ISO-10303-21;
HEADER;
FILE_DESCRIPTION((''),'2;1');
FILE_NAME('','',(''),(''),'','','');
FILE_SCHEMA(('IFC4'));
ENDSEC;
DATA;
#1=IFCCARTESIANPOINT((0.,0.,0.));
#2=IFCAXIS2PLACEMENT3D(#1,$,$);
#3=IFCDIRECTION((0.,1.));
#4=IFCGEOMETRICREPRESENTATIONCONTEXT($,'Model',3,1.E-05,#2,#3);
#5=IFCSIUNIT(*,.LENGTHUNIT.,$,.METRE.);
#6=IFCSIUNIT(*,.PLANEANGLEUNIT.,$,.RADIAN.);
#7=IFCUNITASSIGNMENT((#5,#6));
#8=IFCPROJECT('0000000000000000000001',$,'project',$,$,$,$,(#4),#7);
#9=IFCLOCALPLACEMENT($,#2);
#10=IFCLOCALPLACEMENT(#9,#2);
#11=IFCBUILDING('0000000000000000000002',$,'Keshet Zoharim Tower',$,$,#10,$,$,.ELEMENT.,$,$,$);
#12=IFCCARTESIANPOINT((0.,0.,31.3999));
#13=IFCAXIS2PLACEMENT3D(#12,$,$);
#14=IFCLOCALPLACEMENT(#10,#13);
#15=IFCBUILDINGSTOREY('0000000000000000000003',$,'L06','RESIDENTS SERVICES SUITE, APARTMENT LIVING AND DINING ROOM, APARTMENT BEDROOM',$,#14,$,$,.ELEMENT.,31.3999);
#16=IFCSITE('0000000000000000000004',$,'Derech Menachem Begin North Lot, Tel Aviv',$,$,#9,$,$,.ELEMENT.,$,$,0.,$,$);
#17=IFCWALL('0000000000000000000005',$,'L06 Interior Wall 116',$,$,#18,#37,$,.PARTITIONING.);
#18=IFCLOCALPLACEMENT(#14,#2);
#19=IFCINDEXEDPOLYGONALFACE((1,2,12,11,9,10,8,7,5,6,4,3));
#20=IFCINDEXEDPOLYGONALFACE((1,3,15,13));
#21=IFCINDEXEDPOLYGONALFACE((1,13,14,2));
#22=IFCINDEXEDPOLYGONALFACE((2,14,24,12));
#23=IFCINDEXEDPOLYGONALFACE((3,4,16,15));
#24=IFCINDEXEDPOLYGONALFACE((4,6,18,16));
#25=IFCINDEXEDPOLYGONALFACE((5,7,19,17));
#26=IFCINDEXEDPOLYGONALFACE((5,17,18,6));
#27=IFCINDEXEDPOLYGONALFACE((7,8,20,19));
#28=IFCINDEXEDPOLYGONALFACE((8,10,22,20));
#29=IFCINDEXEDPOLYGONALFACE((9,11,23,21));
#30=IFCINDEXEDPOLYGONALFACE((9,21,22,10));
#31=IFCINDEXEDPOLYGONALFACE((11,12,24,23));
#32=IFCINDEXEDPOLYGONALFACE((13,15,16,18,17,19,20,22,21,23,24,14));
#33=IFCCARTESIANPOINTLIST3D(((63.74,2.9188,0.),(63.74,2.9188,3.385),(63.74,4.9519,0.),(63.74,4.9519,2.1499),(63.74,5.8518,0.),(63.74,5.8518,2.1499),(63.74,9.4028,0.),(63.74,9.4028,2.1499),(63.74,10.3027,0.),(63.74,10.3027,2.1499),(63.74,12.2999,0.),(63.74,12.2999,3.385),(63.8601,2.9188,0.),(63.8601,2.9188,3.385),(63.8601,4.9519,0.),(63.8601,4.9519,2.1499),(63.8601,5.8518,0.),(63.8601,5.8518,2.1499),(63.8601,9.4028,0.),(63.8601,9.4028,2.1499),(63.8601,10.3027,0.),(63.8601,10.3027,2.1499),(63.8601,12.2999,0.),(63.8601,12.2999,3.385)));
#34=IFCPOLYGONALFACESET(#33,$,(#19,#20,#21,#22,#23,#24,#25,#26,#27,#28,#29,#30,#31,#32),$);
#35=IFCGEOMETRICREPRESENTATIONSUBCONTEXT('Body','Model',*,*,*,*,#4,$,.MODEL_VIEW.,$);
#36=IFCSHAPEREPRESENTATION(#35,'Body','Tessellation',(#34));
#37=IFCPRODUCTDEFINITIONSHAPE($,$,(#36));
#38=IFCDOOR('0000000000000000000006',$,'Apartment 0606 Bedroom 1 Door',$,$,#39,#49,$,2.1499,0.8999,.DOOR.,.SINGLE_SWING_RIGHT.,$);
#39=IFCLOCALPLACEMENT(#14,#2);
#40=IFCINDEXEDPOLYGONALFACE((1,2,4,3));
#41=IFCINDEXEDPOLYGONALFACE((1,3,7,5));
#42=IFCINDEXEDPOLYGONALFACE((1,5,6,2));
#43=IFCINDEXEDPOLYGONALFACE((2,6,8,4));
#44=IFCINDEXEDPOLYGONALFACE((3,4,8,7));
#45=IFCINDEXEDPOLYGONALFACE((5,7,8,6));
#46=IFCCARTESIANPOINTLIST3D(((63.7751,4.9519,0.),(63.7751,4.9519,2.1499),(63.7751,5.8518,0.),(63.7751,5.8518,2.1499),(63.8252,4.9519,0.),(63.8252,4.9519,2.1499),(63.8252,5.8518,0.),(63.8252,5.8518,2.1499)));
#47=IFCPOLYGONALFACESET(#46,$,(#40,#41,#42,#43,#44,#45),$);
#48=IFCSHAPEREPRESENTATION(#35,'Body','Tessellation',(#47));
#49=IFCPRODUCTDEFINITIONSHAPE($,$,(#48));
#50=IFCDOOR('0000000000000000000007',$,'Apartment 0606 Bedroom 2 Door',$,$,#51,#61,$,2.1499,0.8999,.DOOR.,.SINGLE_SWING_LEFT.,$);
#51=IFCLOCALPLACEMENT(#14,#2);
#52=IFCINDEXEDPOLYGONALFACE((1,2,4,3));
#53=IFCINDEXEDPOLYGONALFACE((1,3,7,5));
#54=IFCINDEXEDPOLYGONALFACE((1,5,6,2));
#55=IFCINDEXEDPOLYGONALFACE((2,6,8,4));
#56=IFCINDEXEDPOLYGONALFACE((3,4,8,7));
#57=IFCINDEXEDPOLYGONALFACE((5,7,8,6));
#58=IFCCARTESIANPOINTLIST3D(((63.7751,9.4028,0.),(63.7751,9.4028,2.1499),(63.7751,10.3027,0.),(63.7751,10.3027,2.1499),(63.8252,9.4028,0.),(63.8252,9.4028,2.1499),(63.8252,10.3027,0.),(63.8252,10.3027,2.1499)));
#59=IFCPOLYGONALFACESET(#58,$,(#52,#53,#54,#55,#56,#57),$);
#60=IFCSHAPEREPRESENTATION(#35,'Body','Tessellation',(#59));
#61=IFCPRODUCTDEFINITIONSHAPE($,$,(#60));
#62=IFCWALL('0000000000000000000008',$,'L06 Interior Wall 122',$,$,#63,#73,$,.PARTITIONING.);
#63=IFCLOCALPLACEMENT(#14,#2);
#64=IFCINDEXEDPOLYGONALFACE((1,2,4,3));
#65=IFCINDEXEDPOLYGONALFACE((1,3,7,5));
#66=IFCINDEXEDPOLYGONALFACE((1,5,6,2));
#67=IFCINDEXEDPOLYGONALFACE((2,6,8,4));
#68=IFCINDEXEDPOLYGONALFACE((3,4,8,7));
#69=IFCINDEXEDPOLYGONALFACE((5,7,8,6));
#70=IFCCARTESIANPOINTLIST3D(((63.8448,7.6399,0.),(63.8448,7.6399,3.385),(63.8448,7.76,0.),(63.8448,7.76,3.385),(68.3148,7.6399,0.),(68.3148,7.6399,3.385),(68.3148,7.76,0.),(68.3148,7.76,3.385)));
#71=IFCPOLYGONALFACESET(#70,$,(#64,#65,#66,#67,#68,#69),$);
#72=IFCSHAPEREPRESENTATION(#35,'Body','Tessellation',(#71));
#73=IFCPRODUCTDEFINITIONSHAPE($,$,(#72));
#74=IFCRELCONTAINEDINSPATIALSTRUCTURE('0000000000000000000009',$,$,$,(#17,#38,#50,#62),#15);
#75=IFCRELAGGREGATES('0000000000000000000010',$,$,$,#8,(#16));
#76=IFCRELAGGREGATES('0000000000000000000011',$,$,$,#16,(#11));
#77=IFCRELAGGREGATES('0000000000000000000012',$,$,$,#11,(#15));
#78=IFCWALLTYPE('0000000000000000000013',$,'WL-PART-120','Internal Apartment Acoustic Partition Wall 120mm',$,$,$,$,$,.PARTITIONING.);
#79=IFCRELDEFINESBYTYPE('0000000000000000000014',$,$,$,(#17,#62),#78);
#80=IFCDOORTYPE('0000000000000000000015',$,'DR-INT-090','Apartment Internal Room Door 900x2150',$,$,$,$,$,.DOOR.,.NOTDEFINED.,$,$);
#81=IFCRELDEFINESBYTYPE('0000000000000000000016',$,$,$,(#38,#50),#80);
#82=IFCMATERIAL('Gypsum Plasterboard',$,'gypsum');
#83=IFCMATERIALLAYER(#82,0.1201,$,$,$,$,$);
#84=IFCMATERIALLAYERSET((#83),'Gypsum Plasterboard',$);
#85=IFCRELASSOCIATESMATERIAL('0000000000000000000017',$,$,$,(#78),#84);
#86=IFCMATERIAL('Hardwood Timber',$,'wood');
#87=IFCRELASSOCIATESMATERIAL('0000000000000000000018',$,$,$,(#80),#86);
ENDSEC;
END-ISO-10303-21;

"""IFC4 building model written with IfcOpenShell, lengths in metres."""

from ifc_helpers import new_model, si_unit, direction, frame, frame_2d, origin, place, context, subcontext, project, spatial, rectangle, extrude, material, layer, layer_set, type_object, element, fill, save


model = new_model("IFC4")

# Units and contexts
model_context = context("Model", 3, precision=1e-05, world=origin(), true_north=direction((0.0, 1.0)))
body_context = subcontext(model_context, "Body", "Model", "MODEL_VIEW")
ifc_project = project(units=[si_unit("LENGTHUNIT", "METRE"), si_unit("PLANEANGLEUNIT", "RADIAN")], contexts=[model_context])

# Site, building, storey
site_placement = place(None, origin())
site = spatial("IfcSite", under=ifc_project, at=site_placement, Name="Derech Menachem Begin North Lot, Tel Aviv", CompositionType="ELEMENT", RefElevation=0.0)
building_placement = place(site_placement, origin())
building = spatial("IfcBuilding", under=site, at=building_placement, Name="Keshet Zoharim Tower", CompositionType="ELEMENT")
storey_placement = place(building_placement, frame((0.0, 0.0, 31.3999)))
storey = spatial("IfcBuildingStorey", under=building, at=storey_placement, Name="L06", Description="RESIDENTS SERVICES SUITE, APARTMENT LIVING AND DINING ROOM, APARTMENT BEDROOM", CompositionType="ELEMENT", Elevation=31.3999)

# Shared definitions
ifc_material_1 = material(Name="Gypsum Plasterboard", Category="gypsum")
ifc_layer_1 = layer(ifc_material_1, 0.1201)
ifc_layer_set_1 = layer_set([ifc_layer_1], Name="Gypsum Plasterboard")
wall_type = type_object("IfcWallType", Name="WL-PART-120", Description="Internal Apartment Acoustic Partition Wall 120mm", PredefinedType="PARTITIONING", material=ifc_layer_set_1)

# Wall, openings, doors
wall_1_placement = place(storey_placement, frame((63.8, 2.9189, 0.0), z_axis=(0.0, 0.0, 1.0), x_axis=(0.0, 1.0, 0.0)))
wall_1 = element("IfcWall", 1, at=wall_1_placement, inside=storey, type_object=wall_type, Name="L06 Interior Wall 116", PredefinedType="PARTITIONING", context=body_context, shape_type="SweptSolid", body=[
    extrude(rectangle(XDim=9.3811, YDim=0.1201, at=frame_2d((4.6904, 0.0))), origin(), (0.0, 0.0, 1.0), 3.385),
])
opening_1_placement = place(wall_1_placement, frame((2.033, 0.0, 0.0)))
opening_1 = element("IfcOpeningElement", 2, at=opening_1_placement, cuts=wall_1, PredefinedType="OPENING", context=body_context, shape_type="SweptSolid", body=[
    extrude(rectangle(XDim=0.8999, YDim=2.1499, at=frame_2d((0.45, 1.075))), frame((0.0, 0.0701, 0.0), z_axis=(0.0, -1.0, 0.0), x_axis=(1.0, 0.0, 0.0)), (0.0, 0.0, 1.0), 0.1401),
])
opening_2_placement = place(wall_1_placement, frame((6.4839, 0.0, 0.0)))
opening_2 = element("IfcOpeningElement", 3, at=opening_2_placement, cuts=wall_1, PredefinedType="OPENING", context=body_context, shape_type="SweptSolid", body=[
    extrude(rectangle(XDim=0.8999, YDim=2.1499, at=frame_2d((0.45, 1.075))), frame((0.0, 0.0701, 0.0), z_axis=(0.0, -1.0, 0.0), x_axis=(1.0, 0.0, 0.0)), (0.0, 0.0, 1.0), 0.1401),
])
ifc_material_2 = material(Name="Hardwood Timber", Category="wood")
door_type = type_object("IfcDoorType", Name="DR-INT-090", Description="Apartment Internal Room Door 900x2150", OperationType="NOTDEFINED", PredefinedType="DOOR", material=ifc_material_2)
door_1_placement = place(opening_1_placement, origin())
door_1 = element("IfcDoor", 4, at=door_1_placement, inside=storey, type_object=door_type, Name="Apartment 0606 Bedroom 1 Door", OperationType="SINGLE_SWING_RIGHT", OverallHeight=2.1499, OverallWidth=0.8999, PredefinedType="DOOR", context=body_context, shape_type="SweptSolid", body=[
    extrude(rectangle(XDim=0.8999, YDim=2.1499, at=frame_2d((0.45, 1.075))), frame((0.0, 0.0249, 0.0), z_axis=(0.0, -1.0, 0.0), x_axis=(1.0, 0.0, 0.0)), (0.0, 0.0, 1.0), 0.05),
])
fill(opening_1, door_1)
door_2_placement = place(opening_2_placement, origin())
door_2 = element("IfcDoor", 5, at=door_2_placement, inside=storey, type_object=door_type, Name="Apartment 0606 Bedroom 2 Door", OperationType="SINGLE_SWING_LEFT", OverallHeight=2.1499, OverallWidth=0.8999, PredefinedType="DOOR", context=body_context, shape_type="SweptSolid", body=[
    extrude(rectangle(XDim=0.8999, YDim=2.1499, at=frame_2d((0.45, 1.075))), frame((0.0, 0.0249, 0.0), z_axis=(0.0, -1.0, 0.0), x_axis=(1.0, 0.0, 0.0)), (0.0, 0.0, 1.0), 0.05),
])
fill(opening_2, door_2)

# Wall
wall_2_placement = place(storey_placement, frame((63.845, 7.7, 0.0), z_axis=(0.0, 0.0, 1.0), x_axis=(1.0, 0.0, 0.0)))
element("IfcWall", 6, at=wall_2_placement, inside=storey, type_object=wall_type, Name="L06 Interior Wall 122", PredefinedType="PARTITIONING", context=body_context, shape_type="SweptSolid", body=[
    extrude(rectangle(XDim=4.47, YDim=0.1201, at=frame_2d((2.2349, 0.0))), origin(), (0.0, 0.0, 1.0), 3.385),
])

save(model, "model.ifc")
